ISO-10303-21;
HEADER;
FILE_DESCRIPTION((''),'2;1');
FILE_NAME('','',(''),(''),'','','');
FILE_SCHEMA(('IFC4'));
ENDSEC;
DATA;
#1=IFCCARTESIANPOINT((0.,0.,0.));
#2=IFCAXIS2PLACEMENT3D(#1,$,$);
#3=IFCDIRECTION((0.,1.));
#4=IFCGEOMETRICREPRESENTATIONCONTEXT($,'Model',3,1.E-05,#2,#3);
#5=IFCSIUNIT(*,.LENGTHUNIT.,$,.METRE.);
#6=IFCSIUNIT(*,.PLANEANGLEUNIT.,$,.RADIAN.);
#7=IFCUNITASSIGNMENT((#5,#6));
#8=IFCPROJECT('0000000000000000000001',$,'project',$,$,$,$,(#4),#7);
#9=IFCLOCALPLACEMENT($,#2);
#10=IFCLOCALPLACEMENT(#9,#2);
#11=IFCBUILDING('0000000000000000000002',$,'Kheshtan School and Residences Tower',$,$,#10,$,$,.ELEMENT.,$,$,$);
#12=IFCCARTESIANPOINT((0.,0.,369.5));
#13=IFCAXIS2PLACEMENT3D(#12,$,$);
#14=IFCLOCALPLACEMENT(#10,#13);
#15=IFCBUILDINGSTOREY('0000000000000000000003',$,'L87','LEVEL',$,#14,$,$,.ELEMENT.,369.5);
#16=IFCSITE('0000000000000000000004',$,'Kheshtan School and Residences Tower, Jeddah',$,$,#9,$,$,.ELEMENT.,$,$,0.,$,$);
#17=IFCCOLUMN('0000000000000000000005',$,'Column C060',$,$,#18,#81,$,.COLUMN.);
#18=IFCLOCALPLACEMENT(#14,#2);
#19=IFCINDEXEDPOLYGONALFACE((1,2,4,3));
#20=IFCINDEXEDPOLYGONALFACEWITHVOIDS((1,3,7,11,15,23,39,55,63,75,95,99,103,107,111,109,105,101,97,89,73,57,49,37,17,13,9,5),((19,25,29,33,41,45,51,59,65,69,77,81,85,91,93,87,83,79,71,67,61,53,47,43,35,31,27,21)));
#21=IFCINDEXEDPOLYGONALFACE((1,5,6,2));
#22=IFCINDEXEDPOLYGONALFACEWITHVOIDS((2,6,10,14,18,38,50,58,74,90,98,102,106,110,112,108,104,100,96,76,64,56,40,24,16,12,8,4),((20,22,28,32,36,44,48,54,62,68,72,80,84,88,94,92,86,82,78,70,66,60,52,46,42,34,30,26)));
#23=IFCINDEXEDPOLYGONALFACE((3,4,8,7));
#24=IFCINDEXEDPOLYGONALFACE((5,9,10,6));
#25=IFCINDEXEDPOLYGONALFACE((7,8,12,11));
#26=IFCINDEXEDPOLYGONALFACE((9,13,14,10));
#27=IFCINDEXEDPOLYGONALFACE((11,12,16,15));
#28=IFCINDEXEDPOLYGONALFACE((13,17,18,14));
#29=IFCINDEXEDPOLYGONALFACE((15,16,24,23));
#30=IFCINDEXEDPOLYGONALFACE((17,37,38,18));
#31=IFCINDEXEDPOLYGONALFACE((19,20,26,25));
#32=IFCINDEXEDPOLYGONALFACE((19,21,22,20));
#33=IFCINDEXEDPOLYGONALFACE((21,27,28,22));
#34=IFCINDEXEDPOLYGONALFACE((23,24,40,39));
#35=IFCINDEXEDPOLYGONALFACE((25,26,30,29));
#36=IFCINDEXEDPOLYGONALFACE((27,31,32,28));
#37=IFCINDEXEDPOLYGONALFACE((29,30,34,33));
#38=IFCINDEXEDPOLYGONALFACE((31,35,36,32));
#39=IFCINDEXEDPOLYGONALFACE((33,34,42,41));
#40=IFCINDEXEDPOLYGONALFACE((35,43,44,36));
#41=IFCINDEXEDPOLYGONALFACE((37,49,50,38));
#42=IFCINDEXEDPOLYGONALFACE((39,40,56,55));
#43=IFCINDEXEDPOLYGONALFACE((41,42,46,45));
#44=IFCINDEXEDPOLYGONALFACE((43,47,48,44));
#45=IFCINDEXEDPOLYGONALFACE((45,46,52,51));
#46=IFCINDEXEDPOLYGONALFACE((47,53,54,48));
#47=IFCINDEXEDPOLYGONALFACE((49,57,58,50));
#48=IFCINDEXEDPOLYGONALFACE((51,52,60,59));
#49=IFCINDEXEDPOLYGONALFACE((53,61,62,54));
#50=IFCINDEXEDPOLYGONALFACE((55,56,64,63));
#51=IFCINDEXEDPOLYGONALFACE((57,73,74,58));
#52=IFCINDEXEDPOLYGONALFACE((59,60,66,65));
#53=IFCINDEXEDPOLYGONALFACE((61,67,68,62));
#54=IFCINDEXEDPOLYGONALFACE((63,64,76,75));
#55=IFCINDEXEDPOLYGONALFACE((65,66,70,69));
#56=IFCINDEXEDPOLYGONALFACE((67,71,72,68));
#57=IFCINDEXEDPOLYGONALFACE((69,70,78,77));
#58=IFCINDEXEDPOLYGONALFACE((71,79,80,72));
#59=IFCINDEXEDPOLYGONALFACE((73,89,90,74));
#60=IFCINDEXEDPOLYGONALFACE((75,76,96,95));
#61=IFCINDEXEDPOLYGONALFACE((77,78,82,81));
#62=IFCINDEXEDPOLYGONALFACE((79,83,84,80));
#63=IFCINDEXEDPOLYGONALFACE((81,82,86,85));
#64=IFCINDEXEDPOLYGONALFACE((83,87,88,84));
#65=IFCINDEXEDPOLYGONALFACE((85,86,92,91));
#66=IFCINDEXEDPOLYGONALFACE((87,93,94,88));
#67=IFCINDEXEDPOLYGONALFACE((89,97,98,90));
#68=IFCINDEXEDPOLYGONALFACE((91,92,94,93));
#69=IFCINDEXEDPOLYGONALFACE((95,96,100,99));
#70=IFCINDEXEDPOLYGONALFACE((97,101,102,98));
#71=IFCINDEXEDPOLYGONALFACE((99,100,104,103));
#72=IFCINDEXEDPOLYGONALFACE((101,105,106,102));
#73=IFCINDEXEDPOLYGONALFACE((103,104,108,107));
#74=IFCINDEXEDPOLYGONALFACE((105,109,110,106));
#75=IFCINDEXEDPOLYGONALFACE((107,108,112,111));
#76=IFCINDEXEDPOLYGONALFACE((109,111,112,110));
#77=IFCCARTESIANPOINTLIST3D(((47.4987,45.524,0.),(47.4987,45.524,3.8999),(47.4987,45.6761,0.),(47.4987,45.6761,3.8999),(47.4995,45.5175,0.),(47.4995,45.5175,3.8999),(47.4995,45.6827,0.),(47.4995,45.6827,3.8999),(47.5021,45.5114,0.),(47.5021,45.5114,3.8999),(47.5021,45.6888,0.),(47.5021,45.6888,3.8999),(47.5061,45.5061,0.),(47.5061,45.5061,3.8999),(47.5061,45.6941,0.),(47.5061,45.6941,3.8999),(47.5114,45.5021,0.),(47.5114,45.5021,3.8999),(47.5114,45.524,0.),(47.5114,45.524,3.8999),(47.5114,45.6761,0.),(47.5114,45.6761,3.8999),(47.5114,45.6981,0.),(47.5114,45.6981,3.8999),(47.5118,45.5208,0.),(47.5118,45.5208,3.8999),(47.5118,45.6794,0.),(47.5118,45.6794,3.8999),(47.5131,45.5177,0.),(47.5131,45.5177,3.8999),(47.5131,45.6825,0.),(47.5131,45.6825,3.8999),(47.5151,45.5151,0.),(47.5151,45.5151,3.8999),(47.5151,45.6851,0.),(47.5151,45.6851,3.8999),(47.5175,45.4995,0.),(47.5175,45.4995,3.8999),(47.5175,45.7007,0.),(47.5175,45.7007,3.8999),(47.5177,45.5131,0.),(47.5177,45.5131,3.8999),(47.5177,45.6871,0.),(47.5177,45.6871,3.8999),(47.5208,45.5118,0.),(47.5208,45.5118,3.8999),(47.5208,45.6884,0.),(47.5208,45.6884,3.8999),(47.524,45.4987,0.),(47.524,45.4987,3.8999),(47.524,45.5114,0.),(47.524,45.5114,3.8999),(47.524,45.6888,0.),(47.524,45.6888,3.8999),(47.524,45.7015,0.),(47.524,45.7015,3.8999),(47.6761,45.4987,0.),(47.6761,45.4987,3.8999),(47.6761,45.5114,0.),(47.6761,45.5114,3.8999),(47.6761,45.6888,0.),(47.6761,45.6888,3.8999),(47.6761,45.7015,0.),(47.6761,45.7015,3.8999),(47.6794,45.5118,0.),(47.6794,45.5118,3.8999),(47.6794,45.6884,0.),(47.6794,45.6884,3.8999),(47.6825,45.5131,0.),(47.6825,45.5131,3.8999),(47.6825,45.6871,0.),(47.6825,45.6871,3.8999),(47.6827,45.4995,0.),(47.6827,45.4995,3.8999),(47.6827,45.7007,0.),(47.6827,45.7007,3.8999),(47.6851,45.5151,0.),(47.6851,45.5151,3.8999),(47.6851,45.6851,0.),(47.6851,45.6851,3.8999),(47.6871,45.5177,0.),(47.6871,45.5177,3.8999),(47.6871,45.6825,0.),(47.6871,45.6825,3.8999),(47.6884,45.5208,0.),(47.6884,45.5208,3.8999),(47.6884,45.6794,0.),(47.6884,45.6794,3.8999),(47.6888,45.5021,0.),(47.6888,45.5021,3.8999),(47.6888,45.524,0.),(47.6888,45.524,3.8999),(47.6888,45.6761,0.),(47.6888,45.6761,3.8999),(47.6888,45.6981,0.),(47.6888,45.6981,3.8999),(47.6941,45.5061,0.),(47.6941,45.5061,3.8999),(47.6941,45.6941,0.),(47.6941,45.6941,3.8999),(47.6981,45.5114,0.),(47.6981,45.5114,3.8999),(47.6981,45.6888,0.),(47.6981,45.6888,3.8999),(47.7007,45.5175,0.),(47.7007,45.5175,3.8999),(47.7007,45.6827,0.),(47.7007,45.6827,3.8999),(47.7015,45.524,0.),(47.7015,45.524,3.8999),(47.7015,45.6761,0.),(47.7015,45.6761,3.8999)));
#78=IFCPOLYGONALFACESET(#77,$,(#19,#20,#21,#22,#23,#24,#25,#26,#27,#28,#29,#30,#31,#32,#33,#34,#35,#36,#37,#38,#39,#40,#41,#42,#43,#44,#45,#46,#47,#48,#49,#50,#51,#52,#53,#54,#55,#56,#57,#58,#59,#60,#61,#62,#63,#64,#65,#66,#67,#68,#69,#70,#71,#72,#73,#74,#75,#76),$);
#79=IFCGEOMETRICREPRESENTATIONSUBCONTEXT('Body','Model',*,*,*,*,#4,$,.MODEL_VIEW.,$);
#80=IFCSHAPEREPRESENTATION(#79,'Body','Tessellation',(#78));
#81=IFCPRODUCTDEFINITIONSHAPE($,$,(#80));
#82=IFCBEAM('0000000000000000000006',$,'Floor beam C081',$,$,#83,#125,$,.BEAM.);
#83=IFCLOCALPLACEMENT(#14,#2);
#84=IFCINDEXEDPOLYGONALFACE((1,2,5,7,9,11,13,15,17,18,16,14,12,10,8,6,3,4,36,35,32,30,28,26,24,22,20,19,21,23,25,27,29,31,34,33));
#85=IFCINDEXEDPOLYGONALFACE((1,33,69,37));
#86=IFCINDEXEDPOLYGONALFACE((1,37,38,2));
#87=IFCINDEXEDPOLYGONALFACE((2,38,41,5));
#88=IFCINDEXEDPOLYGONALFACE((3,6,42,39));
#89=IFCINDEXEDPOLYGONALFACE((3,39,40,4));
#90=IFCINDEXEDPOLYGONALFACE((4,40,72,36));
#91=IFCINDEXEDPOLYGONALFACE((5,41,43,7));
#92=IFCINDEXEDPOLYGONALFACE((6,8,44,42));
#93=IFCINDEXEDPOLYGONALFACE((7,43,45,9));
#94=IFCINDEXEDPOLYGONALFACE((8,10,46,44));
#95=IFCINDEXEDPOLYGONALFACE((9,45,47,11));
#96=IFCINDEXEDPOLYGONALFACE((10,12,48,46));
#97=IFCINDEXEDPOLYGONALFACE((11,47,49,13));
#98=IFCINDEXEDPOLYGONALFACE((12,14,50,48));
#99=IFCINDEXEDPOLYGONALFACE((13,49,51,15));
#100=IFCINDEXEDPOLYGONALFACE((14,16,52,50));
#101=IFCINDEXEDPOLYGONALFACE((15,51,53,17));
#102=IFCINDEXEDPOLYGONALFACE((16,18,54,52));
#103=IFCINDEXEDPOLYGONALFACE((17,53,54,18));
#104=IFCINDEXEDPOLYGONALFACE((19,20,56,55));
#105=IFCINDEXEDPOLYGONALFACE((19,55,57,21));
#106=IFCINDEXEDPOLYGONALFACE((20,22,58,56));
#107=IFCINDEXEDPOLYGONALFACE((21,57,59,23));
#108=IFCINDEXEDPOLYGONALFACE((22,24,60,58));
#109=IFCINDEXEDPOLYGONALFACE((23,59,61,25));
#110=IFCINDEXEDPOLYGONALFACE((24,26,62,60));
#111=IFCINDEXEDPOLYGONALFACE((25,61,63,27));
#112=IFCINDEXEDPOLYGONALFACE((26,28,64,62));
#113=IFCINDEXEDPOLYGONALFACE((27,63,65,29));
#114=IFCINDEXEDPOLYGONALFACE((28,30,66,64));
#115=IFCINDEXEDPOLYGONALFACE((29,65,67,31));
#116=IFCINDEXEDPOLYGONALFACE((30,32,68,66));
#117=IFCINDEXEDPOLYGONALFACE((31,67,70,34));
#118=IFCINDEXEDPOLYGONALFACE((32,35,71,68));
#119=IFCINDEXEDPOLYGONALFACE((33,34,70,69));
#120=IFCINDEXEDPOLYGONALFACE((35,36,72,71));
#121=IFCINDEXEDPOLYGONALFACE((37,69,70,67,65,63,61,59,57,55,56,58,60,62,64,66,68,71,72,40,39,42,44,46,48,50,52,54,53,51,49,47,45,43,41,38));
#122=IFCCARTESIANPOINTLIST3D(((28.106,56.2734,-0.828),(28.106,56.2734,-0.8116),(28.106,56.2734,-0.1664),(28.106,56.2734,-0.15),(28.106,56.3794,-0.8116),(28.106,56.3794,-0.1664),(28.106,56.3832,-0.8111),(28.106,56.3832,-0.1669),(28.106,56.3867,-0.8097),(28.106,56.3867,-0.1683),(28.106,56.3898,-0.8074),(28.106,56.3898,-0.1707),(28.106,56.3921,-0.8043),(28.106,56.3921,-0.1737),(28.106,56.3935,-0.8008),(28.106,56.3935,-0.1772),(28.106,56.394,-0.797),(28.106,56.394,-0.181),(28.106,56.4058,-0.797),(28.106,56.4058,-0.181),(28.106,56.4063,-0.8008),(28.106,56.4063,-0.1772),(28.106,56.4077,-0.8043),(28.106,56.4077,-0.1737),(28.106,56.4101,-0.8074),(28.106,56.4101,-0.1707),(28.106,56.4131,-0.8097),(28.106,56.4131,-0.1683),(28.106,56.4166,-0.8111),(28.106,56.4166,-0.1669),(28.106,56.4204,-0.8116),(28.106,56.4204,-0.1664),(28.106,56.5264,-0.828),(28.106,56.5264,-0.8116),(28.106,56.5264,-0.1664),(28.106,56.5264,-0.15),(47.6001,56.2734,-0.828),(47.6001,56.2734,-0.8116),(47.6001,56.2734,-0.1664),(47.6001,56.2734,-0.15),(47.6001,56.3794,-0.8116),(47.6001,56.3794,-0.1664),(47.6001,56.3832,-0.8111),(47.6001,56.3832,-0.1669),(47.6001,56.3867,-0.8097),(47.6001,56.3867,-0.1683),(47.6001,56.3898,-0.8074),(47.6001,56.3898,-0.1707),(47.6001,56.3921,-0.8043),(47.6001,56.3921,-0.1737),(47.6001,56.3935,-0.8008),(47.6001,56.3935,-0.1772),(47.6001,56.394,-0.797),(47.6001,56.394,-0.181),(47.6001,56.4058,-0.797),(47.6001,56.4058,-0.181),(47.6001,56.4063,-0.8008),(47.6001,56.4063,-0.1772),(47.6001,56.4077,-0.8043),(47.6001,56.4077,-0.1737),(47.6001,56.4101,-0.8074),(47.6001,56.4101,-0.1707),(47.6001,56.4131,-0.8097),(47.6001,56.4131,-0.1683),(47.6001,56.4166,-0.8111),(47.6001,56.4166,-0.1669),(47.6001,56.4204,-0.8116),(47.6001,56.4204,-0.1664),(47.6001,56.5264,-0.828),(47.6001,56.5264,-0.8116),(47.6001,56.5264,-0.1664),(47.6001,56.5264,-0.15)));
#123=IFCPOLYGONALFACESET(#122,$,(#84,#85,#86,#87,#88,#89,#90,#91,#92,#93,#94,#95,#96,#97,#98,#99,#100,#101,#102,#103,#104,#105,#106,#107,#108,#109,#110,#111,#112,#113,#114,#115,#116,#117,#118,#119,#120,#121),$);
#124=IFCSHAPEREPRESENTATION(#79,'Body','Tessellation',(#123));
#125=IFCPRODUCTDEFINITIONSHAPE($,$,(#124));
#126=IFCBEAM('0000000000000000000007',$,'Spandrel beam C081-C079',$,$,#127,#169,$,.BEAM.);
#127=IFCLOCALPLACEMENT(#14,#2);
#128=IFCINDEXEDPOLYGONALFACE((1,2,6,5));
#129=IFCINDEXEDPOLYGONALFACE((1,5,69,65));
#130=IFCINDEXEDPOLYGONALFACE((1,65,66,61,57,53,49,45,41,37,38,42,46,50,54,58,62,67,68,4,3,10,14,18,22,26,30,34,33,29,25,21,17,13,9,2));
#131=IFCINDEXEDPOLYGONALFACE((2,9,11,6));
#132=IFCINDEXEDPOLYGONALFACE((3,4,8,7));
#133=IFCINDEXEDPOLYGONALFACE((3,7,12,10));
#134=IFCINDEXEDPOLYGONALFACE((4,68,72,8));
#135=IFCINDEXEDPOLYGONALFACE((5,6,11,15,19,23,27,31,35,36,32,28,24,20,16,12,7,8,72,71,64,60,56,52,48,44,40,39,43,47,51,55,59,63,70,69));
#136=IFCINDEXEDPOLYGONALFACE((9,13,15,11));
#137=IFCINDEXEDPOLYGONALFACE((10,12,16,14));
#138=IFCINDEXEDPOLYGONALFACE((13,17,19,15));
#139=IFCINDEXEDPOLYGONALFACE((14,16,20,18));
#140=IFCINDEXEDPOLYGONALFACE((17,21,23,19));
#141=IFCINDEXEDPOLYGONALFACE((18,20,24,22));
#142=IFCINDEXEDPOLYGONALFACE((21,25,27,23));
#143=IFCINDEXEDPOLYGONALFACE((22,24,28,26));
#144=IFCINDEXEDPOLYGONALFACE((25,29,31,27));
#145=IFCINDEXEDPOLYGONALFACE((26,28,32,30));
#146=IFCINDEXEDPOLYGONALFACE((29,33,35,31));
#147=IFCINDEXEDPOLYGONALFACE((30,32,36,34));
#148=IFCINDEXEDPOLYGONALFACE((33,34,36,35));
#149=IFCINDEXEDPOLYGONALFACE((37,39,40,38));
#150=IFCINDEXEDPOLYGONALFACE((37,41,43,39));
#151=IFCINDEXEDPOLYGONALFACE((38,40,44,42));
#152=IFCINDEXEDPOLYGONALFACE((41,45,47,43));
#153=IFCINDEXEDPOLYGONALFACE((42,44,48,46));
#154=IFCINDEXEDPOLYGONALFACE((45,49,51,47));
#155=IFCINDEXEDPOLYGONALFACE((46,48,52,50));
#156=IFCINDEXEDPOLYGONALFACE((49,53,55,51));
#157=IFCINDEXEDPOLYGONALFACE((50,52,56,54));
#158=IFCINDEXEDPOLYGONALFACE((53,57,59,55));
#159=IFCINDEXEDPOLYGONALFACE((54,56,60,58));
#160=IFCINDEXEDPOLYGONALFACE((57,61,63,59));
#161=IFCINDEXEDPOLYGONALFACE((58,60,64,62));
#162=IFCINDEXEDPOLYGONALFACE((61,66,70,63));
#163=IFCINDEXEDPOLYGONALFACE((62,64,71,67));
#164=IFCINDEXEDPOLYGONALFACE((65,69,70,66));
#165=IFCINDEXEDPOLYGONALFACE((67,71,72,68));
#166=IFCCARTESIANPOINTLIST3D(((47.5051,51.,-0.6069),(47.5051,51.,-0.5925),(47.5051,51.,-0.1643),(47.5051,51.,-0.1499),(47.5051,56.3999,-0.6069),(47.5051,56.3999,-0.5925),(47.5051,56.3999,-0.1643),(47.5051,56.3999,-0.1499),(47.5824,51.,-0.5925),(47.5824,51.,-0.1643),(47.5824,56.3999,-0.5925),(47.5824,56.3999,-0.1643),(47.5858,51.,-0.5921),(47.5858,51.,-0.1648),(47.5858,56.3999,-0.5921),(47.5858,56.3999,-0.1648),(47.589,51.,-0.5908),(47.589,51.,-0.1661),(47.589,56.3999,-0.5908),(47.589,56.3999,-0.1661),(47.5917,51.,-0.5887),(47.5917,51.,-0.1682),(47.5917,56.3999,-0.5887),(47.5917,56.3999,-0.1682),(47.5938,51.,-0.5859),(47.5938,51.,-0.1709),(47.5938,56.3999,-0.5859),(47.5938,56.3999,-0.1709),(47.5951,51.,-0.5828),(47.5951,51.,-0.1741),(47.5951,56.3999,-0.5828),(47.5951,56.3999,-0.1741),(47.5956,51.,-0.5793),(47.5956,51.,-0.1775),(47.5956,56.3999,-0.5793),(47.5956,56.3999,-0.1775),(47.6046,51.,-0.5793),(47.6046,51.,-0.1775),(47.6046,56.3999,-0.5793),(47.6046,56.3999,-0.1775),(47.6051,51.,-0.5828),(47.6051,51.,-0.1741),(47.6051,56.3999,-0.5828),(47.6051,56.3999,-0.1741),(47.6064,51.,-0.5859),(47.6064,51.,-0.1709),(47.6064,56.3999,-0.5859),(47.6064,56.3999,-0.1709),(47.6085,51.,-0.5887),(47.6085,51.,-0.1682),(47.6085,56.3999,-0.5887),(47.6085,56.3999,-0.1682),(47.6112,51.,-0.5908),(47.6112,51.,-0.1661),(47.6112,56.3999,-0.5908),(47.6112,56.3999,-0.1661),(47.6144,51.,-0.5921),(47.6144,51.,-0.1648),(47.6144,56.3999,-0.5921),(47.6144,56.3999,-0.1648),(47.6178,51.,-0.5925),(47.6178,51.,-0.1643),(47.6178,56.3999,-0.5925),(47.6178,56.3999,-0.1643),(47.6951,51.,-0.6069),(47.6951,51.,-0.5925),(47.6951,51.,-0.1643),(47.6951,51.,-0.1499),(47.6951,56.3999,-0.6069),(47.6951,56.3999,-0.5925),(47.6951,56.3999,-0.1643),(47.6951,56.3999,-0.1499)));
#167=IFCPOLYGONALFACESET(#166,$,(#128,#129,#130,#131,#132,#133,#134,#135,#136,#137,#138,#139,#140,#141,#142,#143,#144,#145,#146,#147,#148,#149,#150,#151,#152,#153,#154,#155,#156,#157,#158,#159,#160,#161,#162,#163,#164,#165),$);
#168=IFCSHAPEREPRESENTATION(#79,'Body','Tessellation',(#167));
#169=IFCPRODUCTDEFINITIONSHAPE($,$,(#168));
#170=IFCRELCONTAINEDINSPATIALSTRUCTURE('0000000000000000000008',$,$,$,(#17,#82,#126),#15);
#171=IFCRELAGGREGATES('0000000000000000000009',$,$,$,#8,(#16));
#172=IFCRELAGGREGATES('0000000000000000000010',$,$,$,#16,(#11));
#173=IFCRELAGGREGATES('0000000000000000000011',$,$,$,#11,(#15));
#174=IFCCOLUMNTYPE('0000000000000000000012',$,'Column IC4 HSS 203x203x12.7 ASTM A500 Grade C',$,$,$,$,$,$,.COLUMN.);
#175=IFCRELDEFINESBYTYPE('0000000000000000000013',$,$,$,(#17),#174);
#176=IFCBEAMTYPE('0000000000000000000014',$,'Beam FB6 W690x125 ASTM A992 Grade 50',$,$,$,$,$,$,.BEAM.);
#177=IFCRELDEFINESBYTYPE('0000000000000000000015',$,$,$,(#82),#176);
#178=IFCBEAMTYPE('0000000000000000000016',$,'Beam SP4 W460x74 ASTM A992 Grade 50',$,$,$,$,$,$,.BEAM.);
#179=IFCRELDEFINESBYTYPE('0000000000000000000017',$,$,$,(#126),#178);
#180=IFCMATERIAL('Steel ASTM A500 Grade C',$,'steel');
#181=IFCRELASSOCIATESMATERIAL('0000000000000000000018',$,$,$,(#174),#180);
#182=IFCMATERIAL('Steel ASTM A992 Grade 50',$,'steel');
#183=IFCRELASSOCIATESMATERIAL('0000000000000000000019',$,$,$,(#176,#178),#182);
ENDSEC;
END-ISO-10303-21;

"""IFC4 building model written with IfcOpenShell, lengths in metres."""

from ifc_helpers import new_model, si_unit, direction, frame, origin, origin_2d, place, context, subcontext, project, spatial, hollow_rectangle, i_section, extrude, material, material_profile, profile_set, type_object, element, save


model = new_model("IFC4")

# Units and contexts
model_context = context("Model", 3, precision=1e-05, world=origin(), true_north=direction((0.0, 1.0)))
body_context = subcontext(model_context, "Body", "Model", "MODEL_VIEW")
ifc_project = project(units=[si_unit("LENGTHUNIT", "METRE"), si_unit("PLANEANGLEUNIT", "RADIAN")], contexts=[model_context])

# Site, building, storey
site_placement = place(None, origin())
site = spatial("IfcSite", under=ifc_project, at=site_placement, Name="Kheshtan School and Residences Tower, Jeddah", CompositionType="ELEMENT", RefElevation=0.0)
building_placement = place(site_placement, origin())
building = spatial("IfcBuilding", under=site, at=building_placement, Name="Kheshtan School and Residences Tower", CompositionType="ELEMENT")
storey_placement = place(building_placement, frame((0.0, 0.0, 369.5)))
storey = spatial("IfcBuildingStorey", under=building, at=storey_placement, Name="L87", Description="LEVEL", CompositionType="ELEMENT", Elevation=369.5)

# Column
ifc_material_1 = material(Name="Steel ASTM A992 Grade 50", Category="steel")
ifc_material_2 = material(Name="Steel ASTM A500 Grade C", Category="steel")
ifc_material_profile_1 = material_profile(ifc_material_2, hollow_rectangle(XDim=0.2029, YDim=0.2029, WallThickness=0.0127, InnerFilletRadius=0.0127, OuterFilletRadius=0.0254, at=origin_2d()), Name="HSS 203x203x12.7")
ifc_profile_set_1 = profile_set([ifc_material_profile_1], Name="Steel ASTM A500 Grade C")
column_type_1 = type_object("IfcColumnType", Name="Column IC4 HSS 203x203x12.7 ASTM A500 Grade C", PredefinedType="COLUMN", material=ifc_profile_set_1)
column_placement = place(storey_placement, frame((47.6001, 45.6001, 0.0), z_axis=(0.0, 0.0, 1.0), x_axis=(1.0, 0.0, 0.0)))
element("IfcColumn", 1, at=column_placement, inside=storey, type_object=column_type_1, Name="Column C060", PredefinedType="COLUMN", context=body_context, shape_type="SweptSolid", body=[
    extrude(hollow_rectangle(XDim=0.2029, YDim=0.2029, WallThickness=0.0127, InnerFilletRadius=0.0127, OuterFilletRadius=0.0254, at=origin_2d()), origin(), (0.0, 0.0, 1.0), 3.8999),
])

# Beams
ifc_material_profile_2 = material_profile(ifc_material_1, i_section(OverallWidth=0.2529, OverallDepth=0.678, WebThickness=0.0117, FlangeThickness=0.0164, FilletRadius=0.0146, at=origin_2d()), Name="W690x125")
ifc_profile_set_2 = profile_set([ifc_material_profile_2], Name="Steel ASTM A992 Grade 50")
beam_type_1 = type_object("IfcBeamType", Name="Beam FB6 W690x125 ASTM A992 Grade 50", PredefinedType="BEAM", material=ifc_profile_set_2)
beam_1_placement = place(storey_placement, frame((47.6001, 56.3999, -0.489), z_axis=(-1.0, 0.0, 0.0), x_axis=(0.0, -1.0, 0.0)))
element("IfcBeam", 2, at=beam_1_placement, inside=storey, type_object=beam_type_1, Name="Floor beam C081", PredefinedType="BEAM", context=body_context, shape_type="SweptSolid", body=[
    extrude(i_section(OverallWidth=0.2529, OverallDepth=0.678, WebThickness=0.0117, FlangeThickness=0.0164, FilletRadius=0.0146, at=origin_2d()), origin(), (0.0, 0.0, 1.0), 19.4941),
])
ifc_material_profile_3 = material_profile(ifc_material_1, i_section(OverallWidth=0.1899, OverallDepth=0.457, WebThickness=0.009, FlangeThickness=0.0144, FilletRadius=0.0132, at=origin_2d()), Name="W460x74")
ifc_profile_set_3 = profile_set([ifc_material_profile_3], Name="Steel ASTM A992 Grade 50")
beam_type_2 = type_object("IfcBeamType", Name="Beam SP4 W460x74 ASTM A992 Grade 50", PredefinedType="BEAM", material=ifc_profile_set_3)
beam_2_placement = place(storey_placement, frame((47.6001, 56.3999, -0.3784), z_axis=(0.0, -1.0, 0.0), x_axis=(1.0, 0.0, 0.0)))
element("IfcBeam", 3, at=beam_2_placement, inside=storey, type_object=beam_type_2, Name="Spandrel beam C081-C079", PredefinedType="BEAM", context=body_context, shape_type="SweptSolid", body=[
    extrude(i_section(OverallWidth=0.1899, OverallDepth=0.457, WebThickness=0.009, FlangeThickness=0.0144, FilletRadius=0.0132, at=origin_2d()), origin(), (0.0, 0.0, 1.0), 5.3999),
])

save(model, "model.ifc")
